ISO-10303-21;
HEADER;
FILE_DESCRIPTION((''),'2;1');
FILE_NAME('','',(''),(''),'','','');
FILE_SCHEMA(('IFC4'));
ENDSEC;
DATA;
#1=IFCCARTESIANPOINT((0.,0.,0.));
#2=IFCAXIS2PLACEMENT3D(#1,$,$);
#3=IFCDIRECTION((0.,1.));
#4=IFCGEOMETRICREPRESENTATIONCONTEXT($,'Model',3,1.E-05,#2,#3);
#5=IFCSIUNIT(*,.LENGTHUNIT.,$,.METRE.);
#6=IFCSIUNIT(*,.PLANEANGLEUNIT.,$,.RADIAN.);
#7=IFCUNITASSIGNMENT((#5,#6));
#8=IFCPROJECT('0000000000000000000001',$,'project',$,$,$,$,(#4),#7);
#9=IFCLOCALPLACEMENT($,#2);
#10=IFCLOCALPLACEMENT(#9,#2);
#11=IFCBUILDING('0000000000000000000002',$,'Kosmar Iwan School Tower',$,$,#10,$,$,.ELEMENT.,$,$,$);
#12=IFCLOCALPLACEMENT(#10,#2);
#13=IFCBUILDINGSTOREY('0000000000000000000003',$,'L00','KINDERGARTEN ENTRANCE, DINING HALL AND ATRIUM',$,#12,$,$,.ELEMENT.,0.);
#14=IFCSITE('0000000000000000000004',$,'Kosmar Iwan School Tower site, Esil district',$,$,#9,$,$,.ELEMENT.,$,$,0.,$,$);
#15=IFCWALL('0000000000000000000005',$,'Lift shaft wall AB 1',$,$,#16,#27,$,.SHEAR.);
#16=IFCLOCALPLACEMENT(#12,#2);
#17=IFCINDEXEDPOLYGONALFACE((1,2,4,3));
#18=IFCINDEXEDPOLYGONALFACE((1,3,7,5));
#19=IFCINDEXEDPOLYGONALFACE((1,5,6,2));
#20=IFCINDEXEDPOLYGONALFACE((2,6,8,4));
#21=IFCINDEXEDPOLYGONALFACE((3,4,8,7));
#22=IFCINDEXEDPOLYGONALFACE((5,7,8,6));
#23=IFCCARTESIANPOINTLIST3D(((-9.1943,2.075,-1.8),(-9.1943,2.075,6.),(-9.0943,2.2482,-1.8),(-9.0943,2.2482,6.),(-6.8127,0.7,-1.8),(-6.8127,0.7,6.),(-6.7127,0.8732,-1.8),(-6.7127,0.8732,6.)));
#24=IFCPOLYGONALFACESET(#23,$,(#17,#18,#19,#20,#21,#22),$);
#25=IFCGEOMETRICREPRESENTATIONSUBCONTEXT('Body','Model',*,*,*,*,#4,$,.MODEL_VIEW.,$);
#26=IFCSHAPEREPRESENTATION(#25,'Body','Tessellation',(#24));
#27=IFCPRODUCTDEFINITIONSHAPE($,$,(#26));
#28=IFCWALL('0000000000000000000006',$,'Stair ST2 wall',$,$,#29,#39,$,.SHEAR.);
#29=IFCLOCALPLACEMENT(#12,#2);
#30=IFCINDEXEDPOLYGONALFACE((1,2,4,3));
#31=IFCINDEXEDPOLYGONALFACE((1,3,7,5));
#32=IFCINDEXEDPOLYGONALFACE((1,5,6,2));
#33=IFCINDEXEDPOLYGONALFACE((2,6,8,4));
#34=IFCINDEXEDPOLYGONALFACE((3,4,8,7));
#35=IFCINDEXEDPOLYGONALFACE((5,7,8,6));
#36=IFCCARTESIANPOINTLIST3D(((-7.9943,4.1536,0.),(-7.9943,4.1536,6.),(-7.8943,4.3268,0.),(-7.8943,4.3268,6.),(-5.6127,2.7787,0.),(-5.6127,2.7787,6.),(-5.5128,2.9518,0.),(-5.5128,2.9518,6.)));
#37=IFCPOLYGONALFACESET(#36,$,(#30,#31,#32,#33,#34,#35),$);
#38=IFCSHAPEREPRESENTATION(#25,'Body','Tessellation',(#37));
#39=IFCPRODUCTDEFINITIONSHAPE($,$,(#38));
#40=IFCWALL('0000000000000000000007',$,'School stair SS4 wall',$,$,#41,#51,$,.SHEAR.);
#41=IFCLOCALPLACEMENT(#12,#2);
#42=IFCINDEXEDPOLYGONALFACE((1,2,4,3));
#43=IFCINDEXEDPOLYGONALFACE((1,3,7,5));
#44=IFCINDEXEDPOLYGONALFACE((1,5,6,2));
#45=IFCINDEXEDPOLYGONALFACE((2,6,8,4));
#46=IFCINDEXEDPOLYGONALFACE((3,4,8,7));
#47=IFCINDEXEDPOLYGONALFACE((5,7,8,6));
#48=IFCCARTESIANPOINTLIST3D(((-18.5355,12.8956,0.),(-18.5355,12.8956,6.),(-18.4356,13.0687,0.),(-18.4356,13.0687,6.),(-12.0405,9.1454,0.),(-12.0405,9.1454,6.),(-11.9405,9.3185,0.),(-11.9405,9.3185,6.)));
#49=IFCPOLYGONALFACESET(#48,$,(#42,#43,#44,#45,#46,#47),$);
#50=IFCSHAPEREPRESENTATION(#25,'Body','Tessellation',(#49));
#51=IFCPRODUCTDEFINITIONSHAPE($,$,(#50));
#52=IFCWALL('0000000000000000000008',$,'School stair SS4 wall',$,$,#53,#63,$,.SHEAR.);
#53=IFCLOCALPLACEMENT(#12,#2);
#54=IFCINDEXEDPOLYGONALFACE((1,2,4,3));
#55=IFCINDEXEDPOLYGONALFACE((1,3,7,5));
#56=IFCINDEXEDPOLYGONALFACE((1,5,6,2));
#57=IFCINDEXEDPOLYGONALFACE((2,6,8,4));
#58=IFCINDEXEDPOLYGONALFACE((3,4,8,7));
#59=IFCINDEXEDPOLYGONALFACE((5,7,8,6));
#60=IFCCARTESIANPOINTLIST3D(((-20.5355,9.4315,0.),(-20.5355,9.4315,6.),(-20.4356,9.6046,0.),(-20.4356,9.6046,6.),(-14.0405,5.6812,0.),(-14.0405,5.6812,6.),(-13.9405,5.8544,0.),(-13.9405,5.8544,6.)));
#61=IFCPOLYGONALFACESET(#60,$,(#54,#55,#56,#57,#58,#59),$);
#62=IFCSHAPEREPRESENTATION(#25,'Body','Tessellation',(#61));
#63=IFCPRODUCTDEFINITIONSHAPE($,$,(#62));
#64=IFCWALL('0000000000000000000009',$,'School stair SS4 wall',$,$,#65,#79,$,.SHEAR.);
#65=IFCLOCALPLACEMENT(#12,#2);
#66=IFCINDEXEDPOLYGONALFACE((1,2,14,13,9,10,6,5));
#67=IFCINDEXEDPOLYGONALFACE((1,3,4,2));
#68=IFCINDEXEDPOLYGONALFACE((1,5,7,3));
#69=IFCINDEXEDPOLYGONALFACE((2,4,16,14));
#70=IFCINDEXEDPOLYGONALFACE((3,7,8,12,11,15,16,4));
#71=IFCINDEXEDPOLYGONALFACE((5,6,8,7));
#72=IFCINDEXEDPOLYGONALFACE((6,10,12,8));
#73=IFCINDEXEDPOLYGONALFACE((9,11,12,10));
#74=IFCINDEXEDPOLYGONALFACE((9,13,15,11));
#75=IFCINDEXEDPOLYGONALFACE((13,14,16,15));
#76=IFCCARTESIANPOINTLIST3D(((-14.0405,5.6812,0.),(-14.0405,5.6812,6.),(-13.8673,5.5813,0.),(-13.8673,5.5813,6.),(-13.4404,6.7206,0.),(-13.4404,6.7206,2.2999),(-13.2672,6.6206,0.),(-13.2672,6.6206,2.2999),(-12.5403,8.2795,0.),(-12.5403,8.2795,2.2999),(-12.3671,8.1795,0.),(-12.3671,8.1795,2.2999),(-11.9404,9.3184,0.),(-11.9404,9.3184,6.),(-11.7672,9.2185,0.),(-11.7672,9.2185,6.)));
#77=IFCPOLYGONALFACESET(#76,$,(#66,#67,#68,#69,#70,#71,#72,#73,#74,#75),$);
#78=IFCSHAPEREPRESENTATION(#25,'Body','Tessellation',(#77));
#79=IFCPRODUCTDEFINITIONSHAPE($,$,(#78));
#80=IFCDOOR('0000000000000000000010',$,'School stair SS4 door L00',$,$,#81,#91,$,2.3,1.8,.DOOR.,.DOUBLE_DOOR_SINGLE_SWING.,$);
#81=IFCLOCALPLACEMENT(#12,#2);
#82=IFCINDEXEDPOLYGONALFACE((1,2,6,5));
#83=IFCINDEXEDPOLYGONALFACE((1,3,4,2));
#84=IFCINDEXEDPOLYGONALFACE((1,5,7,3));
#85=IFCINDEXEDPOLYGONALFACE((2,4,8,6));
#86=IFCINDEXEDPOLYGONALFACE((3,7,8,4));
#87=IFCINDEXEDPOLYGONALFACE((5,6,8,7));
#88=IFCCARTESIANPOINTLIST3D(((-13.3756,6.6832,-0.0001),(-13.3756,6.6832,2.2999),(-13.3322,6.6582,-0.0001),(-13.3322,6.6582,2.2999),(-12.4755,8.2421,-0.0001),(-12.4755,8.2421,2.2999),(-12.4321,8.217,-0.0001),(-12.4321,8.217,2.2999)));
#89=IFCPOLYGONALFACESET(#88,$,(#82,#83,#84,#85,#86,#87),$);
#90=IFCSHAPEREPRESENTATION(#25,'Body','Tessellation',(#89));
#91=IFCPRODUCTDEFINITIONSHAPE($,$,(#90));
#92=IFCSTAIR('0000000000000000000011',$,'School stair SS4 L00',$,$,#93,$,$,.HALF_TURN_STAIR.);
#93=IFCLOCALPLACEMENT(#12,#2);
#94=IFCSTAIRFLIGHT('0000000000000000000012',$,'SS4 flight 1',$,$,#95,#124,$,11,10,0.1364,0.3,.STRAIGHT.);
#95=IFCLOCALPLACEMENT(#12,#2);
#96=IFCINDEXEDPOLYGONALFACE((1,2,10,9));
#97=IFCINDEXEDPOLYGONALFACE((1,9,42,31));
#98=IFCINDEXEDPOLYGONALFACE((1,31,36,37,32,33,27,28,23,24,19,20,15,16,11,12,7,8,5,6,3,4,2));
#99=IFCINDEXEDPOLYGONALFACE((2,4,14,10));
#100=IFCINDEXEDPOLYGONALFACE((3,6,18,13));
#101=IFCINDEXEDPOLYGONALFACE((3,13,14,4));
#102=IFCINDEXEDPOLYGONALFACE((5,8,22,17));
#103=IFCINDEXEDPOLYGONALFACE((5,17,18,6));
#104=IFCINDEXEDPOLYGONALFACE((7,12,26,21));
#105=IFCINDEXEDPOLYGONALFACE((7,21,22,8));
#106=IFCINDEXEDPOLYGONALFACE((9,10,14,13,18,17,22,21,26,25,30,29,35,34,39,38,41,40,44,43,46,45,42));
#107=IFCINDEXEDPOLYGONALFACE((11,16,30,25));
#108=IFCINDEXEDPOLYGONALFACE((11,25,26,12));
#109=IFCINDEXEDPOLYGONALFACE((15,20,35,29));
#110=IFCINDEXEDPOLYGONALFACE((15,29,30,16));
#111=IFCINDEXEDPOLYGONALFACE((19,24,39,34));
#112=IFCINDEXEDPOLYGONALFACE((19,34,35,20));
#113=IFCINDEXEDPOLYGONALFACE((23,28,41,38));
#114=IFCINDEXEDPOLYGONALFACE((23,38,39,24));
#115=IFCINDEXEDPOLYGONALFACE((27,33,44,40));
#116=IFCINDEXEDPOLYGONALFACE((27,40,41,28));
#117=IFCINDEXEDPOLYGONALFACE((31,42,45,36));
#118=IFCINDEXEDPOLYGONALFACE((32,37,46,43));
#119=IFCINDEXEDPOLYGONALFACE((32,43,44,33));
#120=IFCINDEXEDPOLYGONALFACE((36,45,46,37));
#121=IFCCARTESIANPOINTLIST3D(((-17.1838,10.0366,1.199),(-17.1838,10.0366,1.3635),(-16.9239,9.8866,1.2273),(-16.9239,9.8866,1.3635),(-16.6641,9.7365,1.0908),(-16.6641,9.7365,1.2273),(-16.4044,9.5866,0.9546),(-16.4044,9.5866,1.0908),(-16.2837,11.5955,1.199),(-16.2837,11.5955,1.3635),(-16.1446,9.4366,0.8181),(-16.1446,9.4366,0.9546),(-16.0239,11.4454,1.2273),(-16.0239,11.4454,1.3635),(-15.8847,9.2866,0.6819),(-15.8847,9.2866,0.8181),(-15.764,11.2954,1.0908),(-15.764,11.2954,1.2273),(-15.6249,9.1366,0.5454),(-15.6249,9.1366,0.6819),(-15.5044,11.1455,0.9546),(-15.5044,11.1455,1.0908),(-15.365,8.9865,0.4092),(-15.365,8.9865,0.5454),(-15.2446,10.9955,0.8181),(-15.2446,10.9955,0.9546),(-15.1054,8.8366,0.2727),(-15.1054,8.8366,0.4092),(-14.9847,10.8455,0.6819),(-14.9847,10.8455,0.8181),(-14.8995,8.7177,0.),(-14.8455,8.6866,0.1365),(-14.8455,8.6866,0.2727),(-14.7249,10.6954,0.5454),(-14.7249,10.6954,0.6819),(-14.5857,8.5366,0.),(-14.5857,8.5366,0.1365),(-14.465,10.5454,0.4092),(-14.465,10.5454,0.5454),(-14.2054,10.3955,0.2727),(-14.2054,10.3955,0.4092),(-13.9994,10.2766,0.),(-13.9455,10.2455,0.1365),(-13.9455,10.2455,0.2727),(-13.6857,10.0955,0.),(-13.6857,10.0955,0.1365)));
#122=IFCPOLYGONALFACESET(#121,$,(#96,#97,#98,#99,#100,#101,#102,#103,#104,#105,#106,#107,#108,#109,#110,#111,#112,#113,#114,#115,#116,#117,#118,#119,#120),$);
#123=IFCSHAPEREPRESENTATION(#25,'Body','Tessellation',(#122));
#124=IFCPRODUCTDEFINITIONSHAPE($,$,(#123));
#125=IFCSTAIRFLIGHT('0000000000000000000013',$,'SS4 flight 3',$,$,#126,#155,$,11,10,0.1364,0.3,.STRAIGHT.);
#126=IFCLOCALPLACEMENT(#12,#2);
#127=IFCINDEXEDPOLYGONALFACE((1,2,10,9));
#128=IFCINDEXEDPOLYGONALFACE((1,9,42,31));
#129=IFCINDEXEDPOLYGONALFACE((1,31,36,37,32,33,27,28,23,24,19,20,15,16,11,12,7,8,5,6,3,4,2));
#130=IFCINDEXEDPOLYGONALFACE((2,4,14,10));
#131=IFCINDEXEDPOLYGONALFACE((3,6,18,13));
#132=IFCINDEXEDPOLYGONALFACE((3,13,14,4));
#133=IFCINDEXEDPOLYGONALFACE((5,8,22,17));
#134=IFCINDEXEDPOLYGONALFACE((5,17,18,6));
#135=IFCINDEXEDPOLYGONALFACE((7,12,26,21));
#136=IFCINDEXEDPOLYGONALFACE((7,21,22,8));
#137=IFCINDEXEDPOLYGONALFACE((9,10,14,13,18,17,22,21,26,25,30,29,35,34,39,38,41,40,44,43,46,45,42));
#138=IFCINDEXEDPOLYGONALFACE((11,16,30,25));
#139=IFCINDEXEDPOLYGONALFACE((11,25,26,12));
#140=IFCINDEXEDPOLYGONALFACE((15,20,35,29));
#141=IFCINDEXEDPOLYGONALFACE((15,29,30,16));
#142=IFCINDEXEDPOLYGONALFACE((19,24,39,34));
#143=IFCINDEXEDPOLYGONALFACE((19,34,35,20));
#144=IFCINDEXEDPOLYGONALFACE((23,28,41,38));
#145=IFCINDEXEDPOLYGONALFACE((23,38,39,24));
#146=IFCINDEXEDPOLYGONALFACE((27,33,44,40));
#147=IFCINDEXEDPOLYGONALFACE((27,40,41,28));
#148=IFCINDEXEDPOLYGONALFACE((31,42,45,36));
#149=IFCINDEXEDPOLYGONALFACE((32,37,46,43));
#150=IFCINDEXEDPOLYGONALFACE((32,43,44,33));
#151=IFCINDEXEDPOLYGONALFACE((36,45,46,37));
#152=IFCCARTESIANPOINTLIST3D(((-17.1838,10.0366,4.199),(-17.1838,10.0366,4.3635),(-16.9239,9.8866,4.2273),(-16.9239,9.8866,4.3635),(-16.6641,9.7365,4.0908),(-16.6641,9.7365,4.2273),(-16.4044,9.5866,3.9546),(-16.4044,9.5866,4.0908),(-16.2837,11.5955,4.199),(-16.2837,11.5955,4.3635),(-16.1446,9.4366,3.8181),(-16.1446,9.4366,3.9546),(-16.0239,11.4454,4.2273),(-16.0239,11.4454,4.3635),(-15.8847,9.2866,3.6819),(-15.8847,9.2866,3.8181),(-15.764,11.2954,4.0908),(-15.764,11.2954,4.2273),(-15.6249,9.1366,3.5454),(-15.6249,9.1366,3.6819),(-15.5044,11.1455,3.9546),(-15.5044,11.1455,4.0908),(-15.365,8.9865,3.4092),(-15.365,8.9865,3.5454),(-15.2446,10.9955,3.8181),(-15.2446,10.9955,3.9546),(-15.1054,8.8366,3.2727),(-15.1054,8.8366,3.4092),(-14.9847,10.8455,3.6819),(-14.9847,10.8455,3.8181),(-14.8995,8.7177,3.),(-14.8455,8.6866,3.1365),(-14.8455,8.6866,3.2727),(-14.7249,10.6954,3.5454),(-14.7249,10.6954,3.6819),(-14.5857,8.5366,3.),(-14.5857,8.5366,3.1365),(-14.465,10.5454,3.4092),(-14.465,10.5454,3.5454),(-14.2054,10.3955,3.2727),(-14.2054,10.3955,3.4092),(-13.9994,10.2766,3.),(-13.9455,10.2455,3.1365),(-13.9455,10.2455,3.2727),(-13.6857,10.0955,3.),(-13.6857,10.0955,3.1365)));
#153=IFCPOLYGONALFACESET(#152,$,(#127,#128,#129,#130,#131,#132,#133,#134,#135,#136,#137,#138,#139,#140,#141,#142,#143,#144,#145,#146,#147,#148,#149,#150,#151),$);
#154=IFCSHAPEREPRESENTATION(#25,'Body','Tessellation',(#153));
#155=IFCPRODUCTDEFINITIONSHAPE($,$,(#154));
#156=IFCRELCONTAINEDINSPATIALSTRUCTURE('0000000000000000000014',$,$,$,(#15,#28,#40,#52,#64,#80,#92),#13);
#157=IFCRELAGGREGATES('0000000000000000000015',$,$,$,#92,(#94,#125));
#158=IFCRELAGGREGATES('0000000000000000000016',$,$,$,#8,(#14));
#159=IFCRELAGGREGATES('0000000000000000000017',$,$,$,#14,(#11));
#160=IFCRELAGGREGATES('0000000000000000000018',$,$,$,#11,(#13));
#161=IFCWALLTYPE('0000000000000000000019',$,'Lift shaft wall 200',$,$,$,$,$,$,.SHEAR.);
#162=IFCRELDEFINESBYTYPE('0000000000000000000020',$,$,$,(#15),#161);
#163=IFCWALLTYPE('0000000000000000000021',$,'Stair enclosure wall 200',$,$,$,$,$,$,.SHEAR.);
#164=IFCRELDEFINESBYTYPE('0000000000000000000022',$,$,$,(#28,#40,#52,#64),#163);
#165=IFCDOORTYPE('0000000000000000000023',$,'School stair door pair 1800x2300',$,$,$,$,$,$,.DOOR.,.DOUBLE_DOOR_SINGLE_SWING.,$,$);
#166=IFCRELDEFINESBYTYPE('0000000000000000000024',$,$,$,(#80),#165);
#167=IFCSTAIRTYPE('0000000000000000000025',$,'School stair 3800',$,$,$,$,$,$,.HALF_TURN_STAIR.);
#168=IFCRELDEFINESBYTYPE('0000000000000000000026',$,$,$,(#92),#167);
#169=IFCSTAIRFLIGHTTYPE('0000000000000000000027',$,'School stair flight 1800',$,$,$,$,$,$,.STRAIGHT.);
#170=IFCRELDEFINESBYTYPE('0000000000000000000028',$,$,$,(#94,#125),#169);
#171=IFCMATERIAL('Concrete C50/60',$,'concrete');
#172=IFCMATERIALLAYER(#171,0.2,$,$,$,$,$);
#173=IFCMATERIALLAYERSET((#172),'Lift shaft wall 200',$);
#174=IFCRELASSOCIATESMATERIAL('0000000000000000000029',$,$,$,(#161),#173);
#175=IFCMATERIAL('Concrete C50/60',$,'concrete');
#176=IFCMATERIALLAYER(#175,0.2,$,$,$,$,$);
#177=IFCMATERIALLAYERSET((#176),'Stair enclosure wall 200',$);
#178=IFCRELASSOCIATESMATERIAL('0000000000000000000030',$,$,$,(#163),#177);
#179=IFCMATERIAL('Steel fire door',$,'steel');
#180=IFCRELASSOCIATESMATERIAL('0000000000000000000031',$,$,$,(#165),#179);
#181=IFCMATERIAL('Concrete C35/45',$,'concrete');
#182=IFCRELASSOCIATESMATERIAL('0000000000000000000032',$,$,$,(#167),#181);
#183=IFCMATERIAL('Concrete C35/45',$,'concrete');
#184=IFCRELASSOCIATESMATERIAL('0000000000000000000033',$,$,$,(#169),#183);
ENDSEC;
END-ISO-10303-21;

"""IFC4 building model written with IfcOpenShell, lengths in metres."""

from ifc_helpers import new_model, si_unit, direction, frame, frame_2d, origin, place, context, subcontext, project, spatial, polyline, rectangle, outline, extrude, material, layer, layer_set, type_object, element, fill, aggregate, save


model = new_model("IFC4")

# Units and contexts
model_context = context("Model", 3, precision=1e-05, world=origin(), true_north=direction((0.0, 1.0)))
body_context = subcontext(model_context, "Body", "Model", "MODEL_VIEW")
ifc_project = project(units=[si_unit("LENGTHUNIT", "METRE"), si_unit("PLANEANGLEUNIT", "RADIAN")], contexts=[model_context])

# Site, building, storey
site_placement = place(None, origin())
site = spatial("IfcSite", under=ifc_project, at=site_placement, Name="Kosmar Iwan School Tower site, Esil district", CompositionType="ELEMENT", RefElevation=0.0)
building_placement = place(site_placement, origin())
building = spatial("IfcBuilding", under=site, at=building_placement, Name="Kosmar Iwan School Tower", CompositionType="ELEMENT")
storey_placement = place(building_placement, origin())
storey = spatial("IfcBuildingStorey", under=building, at=storey_placement, Name="L00", Description="KINDERGARTEN ENTRANCE, DINING HALL AND ATRIUM", CompositionType="ELEMENT", Elevation=0.0)

# Walls
ifc_material_1 = material(Name="Concrete C50/60", Category="concrete")
ifc_layer_1 = layer(ifc_material_1, 0.2)
ifc_layer_set_1 = layer_set([ifc_layer_1], Name="Lift shaft wall 200")
wall_type_1 = type_object("IfcWallType", Name="Lift shaft wall 200", PredefinedType="SHEAR", material=ifc_layer_set_1)
wall_1_placement = place(storey_placement, frame((-6.7627, 0.7866, -1.8), z_axis=(0.0, 0.0, 1.0), x_axis=(-0.866027, 0.499997, 0.0)))
element("IfcWall", 1, at=wall_1_placement, inside=storey, type_object=wall_type_1, Name="Lift shaft wall AB 1", PredefinedType="SHEAR", context=body_context, shape_type="SweptSolid", body=[
    extrude(rectangle(XDim=2.75, YDim=0.2, at=frame_2d((1.375, 0.0))), origin(), (0.0, 0.0, 1.0), 7.8),
])
ifc_material_2 = material(Name="Concrete C50/60", Category="concrete")
ifc_layer_2 = layer(ifc_material_2, 0.2)
ifc_layer_set_2 = layer_set([ifc_layer_2], Name="Stair enclosure wall 200")
wall_type_2 = type_object("IfcWallType", Name="Stair enclosure wall 200", PredefinedType="SHEAR", material=ifc_layer_set_2)
wall_2_placement = place(storey_placement, frame((-5.5627, 2.8652, 0.0), z_axis=(0.0, 0.0, 1.0), x_axis=(-0.866027, 0.499997, 0.0)))
element("IfcWall", 2, at=wall_2_placement, inside=storey, type_object=wall_type_2, Name="Stair ST2 wall", PredefinedType="SHEAR", context=body_context, shape_type="SweptSolid", body=[
    extrude(rectangle(XDim=2.75, YDim=0.2, at=frame_2d((1.375, 0.0))), origin(), (0.0, 0.0, 1.0), 6.0),
])
for number, where, z_axis, x_axis, name in (
    (3, (-11.9905, 9.2319, 0.0), (0.0, 0.0, 1.0), (-0.866009, 0.500029, 0.0), "School stair SS4 wall"),
    (4, (-13.9905, 5.7678, 0.0), (0.0, 0.0, 1.0), (-0.866009, 0.500029, 0.0), "School stair SS4 wall"),
):
    element("IfcWall", number, at=place(storey_placement, frame(where, z_axis=z_axis, x_axis=x_axis)), inside=storey, type_object=wall_type_2, Name=name, PredefinedType="SHEAR", context=body_context, shape_type="SweptSolid", body=[
        extrude(rectangle(XDim=7.5, YDim=0.2, at=frame_2d((3.75, 0.0))), origin(), (0.0, 0.0, 1.0), 6.0),
    ])

# Wall, opening, door
wall_3_placement = place(storey_placement, frame((-11.8538, 9.2686, 0.0), z_axis=(0.0, 0.0, 1.0), x_axis=(-0.500028, -0.866009, 0.0)))
wall_3 = element("IfcWall", 5, at=wall_3_placement, inside=storey, type_object=wall_type_2, Name="School stair SS4 wall", PredefinedType="SHEAR", context=body_context, shape_type="SweptSolid", body=[
    extrude(rectangle(XDim=4.2, YDim=0.2, at=frame_2d((2.1001, 0.0))), origin(), (0.0, 0.0, 1.0), 6.0),
])
opening_placement = place(wall_3_placement, frame((1.2, 0.0, 0.0)))
opening = element("IfcOpeningElement", 6, at=opening_placement, cuts=wall_3, PredefinedType="OPENING", context=body_context, shape_type="SweptSolid", body=[
    extrude(rectangle(XDim=1.8, YDim=2.3, at=frame_2d((0.8999, 1.1499))), frame((0.0, 0.1121, 0.0), z_axis=(0.0, -1.0, 0.0), x_axis=(1.0, 0.0, 0.0)), (0.0, 0.0, 1.0), 0.2239),
])
ifc_material_3 = material(Name="Steel fire door", Category="steel")
door_type = type_object("IfcDoorType", Name="School stair door pair 1800x2300", OperationType="DOUBLE_DOOR_SINGLE_SWING", PredefinedType="DOOR", material=ifc_material_3)
door_placement = place(opening_placement, origin())
door = element("IfcDoor", 7, at=door_placement, inside=storey, type_object=door_type, Name="School stair SS4 door L00", OperationType="DOUBLE_DOOR_SINGLE_SWING", OverallHeight=2.3, OverallWidth=1.8, PredefinedType="DOOR", context=body_context, shape_type="SweptSolid", body=[
    extrude(rectangle(XDim=1.8, YDim=2.3, at=frame_2d((0.8999, 1.1499))), frame((0.0, 0.0249, 0.0), z_axis=(0.0, -1.0, 0.0), x_axis=(1.0, 0.0, 0.0)), (0.0, 0.0, 1.0), 0.05),
])
fill(opening, door)

# Stair, stair flights
ifc_material_4 = material(Name="Concrete C35/45", Category="concrete")
stair_type_1 = type_object("IfcStairType", Name="School stair 3800", PredefinedType="HALF_TURN_STAIR", material=ifc_material_4)
stair_1_placement = place(storey_placement, origin())
stair_1 = element("IfcStair", 8, at=stair_1_placement, inside=storey, type_object=stair_type_1, Name="School stair SS4 L00", PredefinedType="HALF_TURN_STAIR")
ifc_material_5 = material(Name="Concrete C35/45", Category="concrete")
stair_flight_type_1 = type_object("IfcStairFlightType", Name="School stair flight 1800", PredefinedType="STRAIGHT", material=ifc_material_5)
stair_flight_1_placement = place(storey_placement, frame((-14.1357, 9.3159, 0.0), z_axis=(0.0, 0.0, 1.0), x_axis=(-0.866025, 0.5, 0.0)))
stair_flight_1 = element("IfcStairFlight", 9, at=stair_flight_1_placement, type_object=stair_flight_type_1, Name="SS4 flight 1", NumberOfRisers=11, NumberOfTreads=10, PredefinedType="STRAIGHT", RiserHeight=0.1364, TreadLength=0.3, context=body_context, shape_type="SweptSolid", body=[
    extrude(outline(polyline([(0.0, 0.0), (0.0, 0.1365), (0.3, 0.1365), (0.3, 0.2727), (0.6001, 0.2727), (0.6001, 0.4092), (0.8999, 0.4092), (0.8999, 0.5454), (1.2, 0.5454), (1.2, 0.6819), (1.5, 0.6819), (1.5, 0.8181), (1.8, 0.8181), (1.8, 0.9546), (2.1001, 0.9546), (2.1001, 1.0908), (2.3999, 1.0908), (2.3999, 1.2273), (2.7, 1.2273), (2.7, 1.3635), (3.0, 1.3635), (3.0, 1.5), (3.0, 1.199), (0.3623, 0.0), (0.0, 0.0)])), frame((0.0, 0.8999, 0.0), z_axis=(0.0, -1.0, 0.0), x_axis=(1.0, 0.0, 0.0)), (0.0, 0.0, 1.0), 1.8),
])
stair_flight_2_placement = place(storey_placement, frame((-14.1357, 9.3159, 3.0), z_axis=(0.0, 0.0, 1.0), x_axis=(-0.866025, 0.5, 0.0)))
stair_flight_2 = element("IfcStairFlight", 10, at=stair_flight_2_placement, type_object=stair_flight_type_1, Name="SS4 flight 3", NumberOfRisers=11, NumberOfTreads=10, PredefinedType="STRAIGHT", RiserHeight=0.1364, TreadLength=0.3, context=body_context, shape_type="SweptSolid", body=[
    extrude(outline(polyline([(0.0, 0.0), (0.0, 0.1365), (0.3, 0.1365), (0.3, 0.2727), (0.6001, 0.2727), (0.6001, 0.4092), (0.8999, 0.4092), (0.8999, 0.5454), (1.2, 0.5454), (1.2, 0.6819), (1.5, 0.6819), (1.5, 0.8181), (1.8, 0.8181), (1.8, 0.9546), (2.1001, 0.9546), (2.1001, 1.0908), (2.3999, 1.0908), (2.3999, 1.2273), (2.7, 1.2273), (2.7, 1.3635), (3.0, 1.3635), (3.0, 1.5), (3.0, 1.199), (0.3623, 0.0), (0.0, 0.0)])), frame((0.0, 0.8999, 0.0), z_axis=(0.0, -1.0, 0.0), x_axis=(1.0, 0.0, 0.0)), (0.0, 0.0, 1.0), 1.8),
])
aggregate(stair_1, [stair_flight_1, stair_flight_2])

save(model, "model.ifc")
